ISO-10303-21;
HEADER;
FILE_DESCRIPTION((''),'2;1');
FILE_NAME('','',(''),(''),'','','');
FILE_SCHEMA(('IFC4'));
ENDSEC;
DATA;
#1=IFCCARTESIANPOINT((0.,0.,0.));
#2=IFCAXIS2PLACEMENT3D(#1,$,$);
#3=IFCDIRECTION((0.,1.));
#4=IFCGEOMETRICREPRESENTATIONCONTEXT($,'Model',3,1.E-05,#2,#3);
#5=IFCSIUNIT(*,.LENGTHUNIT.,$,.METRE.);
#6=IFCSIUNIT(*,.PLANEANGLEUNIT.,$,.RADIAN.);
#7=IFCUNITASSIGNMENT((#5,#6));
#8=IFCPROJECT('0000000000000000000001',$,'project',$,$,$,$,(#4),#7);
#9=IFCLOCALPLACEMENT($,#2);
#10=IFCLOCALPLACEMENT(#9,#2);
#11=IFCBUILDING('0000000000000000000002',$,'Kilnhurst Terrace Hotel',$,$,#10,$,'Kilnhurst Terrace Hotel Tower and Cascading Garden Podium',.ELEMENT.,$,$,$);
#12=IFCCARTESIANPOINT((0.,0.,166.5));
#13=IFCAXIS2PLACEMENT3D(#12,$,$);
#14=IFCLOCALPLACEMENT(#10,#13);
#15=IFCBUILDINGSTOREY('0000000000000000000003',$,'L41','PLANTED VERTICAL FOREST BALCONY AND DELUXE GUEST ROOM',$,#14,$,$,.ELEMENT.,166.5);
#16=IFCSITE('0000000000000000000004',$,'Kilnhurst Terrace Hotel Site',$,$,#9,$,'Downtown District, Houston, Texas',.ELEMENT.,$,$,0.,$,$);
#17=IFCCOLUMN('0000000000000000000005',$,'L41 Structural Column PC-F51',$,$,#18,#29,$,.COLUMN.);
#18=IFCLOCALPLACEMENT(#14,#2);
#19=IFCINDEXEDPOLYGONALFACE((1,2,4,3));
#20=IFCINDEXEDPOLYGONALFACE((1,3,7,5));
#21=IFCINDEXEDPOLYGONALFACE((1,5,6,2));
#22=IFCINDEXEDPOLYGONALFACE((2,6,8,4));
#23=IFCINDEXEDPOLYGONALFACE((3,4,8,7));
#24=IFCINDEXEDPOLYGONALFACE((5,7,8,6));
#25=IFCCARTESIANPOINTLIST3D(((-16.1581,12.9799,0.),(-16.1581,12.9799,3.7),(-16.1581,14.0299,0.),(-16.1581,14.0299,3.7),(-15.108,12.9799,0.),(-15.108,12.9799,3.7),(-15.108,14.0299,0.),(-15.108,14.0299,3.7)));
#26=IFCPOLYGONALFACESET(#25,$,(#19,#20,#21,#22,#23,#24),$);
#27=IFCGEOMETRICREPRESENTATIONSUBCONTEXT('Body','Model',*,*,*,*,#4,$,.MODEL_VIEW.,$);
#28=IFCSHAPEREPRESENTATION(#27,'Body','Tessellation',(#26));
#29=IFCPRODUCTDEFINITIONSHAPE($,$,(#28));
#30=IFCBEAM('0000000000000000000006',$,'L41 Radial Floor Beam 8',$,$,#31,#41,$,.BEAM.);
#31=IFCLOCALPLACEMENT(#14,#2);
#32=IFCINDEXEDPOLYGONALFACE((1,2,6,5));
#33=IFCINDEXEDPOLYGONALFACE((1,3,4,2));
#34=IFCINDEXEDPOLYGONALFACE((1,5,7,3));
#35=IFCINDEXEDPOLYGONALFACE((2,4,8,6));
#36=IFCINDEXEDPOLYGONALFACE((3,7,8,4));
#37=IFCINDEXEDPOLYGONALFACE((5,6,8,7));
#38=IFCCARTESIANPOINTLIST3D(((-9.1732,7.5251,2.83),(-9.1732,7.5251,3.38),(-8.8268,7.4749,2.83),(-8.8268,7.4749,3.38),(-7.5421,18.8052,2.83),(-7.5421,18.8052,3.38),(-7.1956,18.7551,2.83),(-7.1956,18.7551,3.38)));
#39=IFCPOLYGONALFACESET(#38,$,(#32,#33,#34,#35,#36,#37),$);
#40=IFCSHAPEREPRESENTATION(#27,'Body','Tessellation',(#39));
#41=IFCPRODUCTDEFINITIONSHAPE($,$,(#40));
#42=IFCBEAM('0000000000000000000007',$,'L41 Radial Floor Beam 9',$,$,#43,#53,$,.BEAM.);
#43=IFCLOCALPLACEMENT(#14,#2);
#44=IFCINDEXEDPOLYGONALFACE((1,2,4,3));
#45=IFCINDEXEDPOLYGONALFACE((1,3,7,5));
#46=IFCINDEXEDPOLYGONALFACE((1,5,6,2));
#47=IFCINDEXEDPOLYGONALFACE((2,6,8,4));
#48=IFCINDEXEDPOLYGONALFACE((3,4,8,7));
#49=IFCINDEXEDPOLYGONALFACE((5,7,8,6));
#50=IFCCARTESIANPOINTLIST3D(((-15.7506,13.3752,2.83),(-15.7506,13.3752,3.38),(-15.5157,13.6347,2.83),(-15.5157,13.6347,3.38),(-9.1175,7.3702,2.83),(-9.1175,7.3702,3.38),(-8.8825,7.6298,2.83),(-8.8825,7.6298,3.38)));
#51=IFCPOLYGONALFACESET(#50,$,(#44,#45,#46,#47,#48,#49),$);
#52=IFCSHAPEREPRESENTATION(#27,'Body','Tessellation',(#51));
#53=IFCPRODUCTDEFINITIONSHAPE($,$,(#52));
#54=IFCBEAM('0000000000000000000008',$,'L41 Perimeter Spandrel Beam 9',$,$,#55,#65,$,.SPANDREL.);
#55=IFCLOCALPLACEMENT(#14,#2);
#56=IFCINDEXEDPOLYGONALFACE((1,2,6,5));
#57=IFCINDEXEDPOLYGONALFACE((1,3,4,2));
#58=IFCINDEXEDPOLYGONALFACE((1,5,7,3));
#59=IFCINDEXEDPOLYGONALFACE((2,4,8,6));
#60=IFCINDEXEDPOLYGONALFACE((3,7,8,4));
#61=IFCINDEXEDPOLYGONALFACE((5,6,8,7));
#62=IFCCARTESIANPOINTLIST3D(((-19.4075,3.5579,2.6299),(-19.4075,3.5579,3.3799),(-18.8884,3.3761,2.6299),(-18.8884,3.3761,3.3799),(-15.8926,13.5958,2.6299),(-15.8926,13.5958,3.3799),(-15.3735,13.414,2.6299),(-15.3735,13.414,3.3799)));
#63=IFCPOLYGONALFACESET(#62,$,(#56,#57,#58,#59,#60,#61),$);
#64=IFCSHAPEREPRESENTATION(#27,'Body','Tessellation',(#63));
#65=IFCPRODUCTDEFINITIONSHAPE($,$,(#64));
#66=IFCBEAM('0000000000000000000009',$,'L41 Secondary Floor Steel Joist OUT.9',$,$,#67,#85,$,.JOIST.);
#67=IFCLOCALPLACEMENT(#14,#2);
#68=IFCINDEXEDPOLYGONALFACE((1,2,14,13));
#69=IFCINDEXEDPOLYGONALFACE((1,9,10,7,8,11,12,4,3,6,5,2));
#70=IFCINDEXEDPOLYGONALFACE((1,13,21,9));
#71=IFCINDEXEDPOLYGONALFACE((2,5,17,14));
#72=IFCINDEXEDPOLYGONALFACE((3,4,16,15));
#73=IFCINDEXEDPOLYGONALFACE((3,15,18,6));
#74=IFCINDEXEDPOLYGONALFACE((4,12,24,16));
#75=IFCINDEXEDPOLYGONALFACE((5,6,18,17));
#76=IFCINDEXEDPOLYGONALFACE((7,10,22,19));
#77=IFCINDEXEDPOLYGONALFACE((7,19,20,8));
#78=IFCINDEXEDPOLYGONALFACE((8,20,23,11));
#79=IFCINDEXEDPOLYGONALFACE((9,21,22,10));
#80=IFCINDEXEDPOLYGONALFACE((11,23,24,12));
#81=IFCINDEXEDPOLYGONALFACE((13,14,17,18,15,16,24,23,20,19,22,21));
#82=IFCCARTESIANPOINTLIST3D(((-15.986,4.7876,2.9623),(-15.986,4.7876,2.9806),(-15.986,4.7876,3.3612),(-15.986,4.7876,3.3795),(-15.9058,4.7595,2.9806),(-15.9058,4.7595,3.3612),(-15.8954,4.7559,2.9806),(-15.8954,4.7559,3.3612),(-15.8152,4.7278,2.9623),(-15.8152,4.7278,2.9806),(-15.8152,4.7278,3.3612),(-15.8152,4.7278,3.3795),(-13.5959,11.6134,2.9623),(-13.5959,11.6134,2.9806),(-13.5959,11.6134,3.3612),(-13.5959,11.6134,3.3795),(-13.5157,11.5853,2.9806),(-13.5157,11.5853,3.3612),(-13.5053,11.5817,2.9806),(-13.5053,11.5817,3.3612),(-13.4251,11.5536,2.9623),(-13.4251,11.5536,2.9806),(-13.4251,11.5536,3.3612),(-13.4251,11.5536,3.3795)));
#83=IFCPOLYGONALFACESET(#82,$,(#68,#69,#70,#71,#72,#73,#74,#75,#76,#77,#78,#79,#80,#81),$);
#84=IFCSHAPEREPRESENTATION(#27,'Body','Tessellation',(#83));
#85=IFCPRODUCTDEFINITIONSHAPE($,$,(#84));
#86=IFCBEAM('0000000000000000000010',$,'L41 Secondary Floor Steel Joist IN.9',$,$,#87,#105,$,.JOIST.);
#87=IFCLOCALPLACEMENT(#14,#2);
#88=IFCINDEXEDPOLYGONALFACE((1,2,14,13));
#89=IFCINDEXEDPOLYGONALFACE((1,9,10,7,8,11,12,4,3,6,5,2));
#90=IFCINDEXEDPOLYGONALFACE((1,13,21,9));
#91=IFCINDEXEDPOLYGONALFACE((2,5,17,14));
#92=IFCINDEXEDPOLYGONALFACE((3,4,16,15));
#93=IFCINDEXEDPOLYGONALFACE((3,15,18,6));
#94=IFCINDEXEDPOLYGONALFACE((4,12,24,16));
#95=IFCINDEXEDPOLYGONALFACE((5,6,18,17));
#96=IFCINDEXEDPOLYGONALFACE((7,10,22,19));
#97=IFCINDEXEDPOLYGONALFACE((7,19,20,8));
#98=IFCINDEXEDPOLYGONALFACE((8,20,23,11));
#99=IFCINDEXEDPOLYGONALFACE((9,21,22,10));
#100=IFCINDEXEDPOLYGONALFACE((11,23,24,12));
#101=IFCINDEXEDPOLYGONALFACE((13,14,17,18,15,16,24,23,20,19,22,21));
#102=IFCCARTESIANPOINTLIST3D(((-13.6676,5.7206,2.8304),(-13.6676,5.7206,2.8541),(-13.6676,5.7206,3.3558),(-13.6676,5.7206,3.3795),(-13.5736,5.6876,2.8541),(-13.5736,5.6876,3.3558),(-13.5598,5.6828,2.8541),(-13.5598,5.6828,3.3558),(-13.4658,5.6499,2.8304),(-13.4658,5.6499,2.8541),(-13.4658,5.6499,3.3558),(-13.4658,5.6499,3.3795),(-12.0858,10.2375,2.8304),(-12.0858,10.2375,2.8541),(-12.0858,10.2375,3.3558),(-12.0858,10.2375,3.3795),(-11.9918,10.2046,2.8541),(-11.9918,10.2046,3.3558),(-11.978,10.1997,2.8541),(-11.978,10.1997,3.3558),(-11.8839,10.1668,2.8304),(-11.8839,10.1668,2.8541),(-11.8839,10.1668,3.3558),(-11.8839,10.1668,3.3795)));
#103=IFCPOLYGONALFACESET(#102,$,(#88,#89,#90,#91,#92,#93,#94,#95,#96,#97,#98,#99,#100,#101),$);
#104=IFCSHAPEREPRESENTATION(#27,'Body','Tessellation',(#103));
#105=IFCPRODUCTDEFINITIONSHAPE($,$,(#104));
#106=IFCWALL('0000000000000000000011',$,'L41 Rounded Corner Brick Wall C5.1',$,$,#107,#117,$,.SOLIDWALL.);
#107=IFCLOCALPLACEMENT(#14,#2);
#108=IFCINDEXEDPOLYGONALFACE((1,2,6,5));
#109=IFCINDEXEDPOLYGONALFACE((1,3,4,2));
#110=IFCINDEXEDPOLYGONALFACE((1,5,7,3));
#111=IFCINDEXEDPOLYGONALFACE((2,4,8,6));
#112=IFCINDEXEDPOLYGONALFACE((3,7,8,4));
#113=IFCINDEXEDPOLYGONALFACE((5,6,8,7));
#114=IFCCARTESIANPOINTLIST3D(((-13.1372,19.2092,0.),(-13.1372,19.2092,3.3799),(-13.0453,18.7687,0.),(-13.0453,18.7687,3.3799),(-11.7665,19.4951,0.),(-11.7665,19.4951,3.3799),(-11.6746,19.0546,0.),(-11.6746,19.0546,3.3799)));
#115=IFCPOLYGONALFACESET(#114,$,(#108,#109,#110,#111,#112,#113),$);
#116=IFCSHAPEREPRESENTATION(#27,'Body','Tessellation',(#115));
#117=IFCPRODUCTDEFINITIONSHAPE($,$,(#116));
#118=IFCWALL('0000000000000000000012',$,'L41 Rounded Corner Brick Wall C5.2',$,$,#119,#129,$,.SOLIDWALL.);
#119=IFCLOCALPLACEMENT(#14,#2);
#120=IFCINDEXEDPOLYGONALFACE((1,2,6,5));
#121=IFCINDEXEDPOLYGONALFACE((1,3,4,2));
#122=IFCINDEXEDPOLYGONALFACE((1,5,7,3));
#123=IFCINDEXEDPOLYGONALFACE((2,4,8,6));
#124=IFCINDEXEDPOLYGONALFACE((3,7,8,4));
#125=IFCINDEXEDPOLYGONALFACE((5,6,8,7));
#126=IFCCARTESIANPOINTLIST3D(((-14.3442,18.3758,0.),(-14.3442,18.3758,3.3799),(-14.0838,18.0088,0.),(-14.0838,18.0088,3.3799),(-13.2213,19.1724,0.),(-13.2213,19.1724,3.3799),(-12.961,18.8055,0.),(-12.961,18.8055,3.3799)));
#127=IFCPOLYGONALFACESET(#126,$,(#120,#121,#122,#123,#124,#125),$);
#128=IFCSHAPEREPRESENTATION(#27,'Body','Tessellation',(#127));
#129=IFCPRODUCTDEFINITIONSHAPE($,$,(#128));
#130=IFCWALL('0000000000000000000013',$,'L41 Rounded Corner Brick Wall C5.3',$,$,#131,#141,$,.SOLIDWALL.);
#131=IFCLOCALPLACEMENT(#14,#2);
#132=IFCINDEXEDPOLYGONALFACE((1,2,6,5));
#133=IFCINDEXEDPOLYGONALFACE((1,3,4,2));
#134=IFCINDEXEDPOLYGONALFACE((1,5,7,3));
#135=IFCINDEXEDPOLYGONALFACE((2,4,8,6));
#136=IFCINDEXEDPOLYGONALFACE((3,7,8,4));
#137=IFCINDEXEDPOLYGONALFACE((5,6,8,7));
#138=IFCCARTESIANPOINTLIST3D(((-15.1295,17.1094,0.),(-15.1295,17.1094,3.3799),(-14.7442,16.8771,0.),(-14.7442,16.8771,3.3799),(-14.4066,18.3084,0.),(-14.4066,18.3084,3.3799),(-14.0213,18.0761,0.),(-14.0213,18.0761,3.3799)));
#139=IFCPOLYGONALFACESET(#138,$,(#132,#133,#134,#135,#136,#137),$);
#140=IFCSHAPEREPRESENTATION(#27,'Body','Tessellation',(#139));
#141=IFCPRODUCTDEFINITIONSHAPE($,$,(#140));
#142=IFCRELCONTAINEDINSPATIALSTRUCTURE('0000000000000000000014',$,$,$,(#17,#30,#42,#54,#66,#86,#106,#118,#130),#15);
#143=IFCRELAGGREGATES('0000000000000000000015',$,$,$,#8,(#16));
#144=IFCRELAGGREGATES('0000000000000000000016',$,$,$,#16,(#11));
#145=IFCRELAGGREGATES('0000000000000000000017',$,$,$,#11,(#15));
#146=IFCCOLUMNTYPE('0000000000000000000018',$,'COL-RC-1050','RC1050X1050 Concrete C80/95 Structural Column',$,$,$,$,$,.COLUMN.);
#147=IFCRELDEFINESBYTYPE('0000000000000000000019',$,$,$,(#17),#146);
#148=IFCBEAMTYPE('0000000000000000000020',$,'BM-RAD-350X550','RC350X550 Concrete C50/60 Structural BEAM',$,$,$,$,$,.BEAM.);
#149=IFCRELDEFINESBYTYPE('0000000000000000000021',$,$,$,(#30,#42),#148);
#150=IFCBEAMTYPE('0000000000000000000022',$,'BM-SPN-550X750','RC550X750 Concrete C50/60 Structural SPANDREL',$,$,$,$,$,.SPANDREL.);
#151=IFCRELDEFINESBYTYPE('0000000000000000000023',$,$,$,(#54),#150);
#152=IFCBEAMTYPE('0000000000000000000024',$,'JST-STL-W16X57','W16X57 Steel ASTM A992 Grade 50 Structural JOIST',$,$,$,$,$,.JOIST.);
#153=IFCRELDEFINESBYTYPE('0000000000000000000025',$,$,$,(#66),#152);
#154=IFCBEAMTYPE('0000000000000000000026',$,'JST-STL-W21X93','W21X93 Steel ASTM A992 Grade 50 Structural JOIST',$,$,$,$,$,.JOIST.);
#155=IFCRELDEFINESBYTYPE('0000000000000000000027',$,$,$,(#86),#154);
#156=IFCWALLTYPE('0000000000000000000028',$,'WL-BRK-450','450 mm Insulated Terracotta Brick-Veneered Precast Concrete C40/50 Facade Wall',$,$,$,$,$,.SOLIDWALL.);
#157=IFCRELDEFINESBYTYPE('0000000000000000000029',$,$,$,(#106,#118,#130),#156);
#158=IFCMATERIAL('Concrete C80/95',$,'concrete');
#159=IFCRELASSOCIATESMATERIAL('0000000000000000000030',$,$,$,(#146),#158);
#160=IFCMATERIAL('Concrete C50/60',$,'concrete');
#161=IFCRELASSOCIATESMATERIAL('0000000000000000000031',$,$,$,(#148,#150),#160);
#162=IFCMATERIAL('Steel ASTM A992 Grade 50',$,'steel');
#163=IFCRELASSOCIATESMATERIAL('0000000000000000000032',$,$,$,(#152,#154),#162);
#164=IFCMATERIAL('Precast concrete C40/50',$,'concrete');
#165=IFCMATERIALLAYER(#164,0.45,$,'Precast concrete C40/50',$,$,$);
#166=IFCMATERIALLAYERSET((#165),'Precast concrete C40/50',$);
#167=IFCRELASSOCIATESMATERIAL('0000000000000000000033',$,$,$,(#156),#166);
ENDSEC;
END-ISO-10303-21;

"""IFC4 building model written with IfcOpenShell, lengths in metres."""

from ifc_helpers import new_model, si_unit, direction, frame, frame_2d, origin, origin_2d, place, context, subcontext, project, spatial, rectangle, i_section, extrude, material, layer, layer_set, material_profile, profile_set, type_object, element, save


model = new_model("IFC4")

# Units and contexts
model_context = context("Model", 3, precision=1e-05, world=origin(), true_north=direction((0.0, 1.0)))
body_context = subcontext(model_context, "Body", "Model", "MODEL_VIEW")
ifc_project = project(units=[si_unit("LENGTHUNIT", "METRE"), si_unit("PLANEANGLEUNIT", "RADIAN")], contexts=[model_context])

# Site, building, storey
site_placement = place(None, origin())
site = spatial("IfcSite", under=ifc_project, at=site_placement, Name="Kilnhurst Terrace Hotel Site", LongName="Downtown District, Houston, Texas", CompositionType="ELEMENT", RefElevation=0.0)
building_placement = place(site_placement, origin())
building = spatial("IfcBuilding", under=site, at=building_placement, Name="Kilnhurst Terrace Hotel", LongName="Kilnhurst Terrace Hotel Tower and Cascading Garden Podium", CompositionType="ELEMENT")
storey_placement = place(building_placement, frame((0.0, 0.0, 166.5)))
storey = spatial("IfcBuildingStorey", under=building, at=storey_placement, Name="L41", Description="PLANTED VERTICAL FOREST BALCONY AND DELUXE GUEST ROOM", CompositionType="ELEMENT", Elevation=166.5)

# Column
ifc_material_1 = material(Name="Concrete C80/95", Category="concrete")
ifc_material_profile_1 = material_profile(ifc_material_1, rectangle(XDim=1.05, YDim=1.05, at=origin_2d()), Name="RC1050X1050")
ifc_profile_set_1 = profile_set([ifc_material_profile_1], Name="Concrete C80/95")
column_type = type_object("IfcColumnType", Name="COL-RC-1050", Description="RC1050X1050 Concrete C80/95 Structural Column", PredefinedType="COLUMN", material=ifc_profile_set_1)
column_placement = place(storey_placement, frame((-15.6331, 13.5049, 0.0), z_axis=(0.0, 0.0, 1.0), x_axis=(1.0, 0.0, 0.0)))
element("IfcColumn", 1, at=column_placement, inside=storey, type_object=column_type, Name="L41 Structural Column PC-F51", PredefinedType="COLUMN", context=body_context, shape_type="SweptSolid", body=[
    extrude(rectangle(XDim=1.05, YDim=1.05, at=origin_2d()), origin(), (0.0, 0.0, 1.0), 3.7),
])

# Beams
ifc_material_2 = material(Name="Concrete C50/60", Category="concrete")
ifc_material_profile_2 = material_profile(ifc_material_2, rectangle(XDim=0.3501, YDim=0.55, at=origin_2d()), Name="RC350X550")
ifc_profile_set_2 = profile_set([ifc_material_profile_2], Name="Concrete C50/60")
beam_type_1 = type_object("IfcBeamType", Name="BM-RAD-350X550", Description="RC350X550 Concrete C50/60 Structural BEAM", PredefinedType="BEAM", material=ifc_profile_set_2)
beam_1_placement = place(storey_placement, frame((-9.0, 7.5, 3.105), z_axis=(0.143113, 0.989706, 0.0), x_axis=(-0.989706, 0.143113, 0.0)))
element("IfcBeam", 2, at=beam_1_placement, inside=storey, type_object=beam_type_1, Name="L41 Radial Floor Beam 8", PredefinedType="BEAM", context=body_context, shape_type="SweptSolid", body=[
    extrude(rectangle(XDim=0.3501, YDim=0.55, at=origin_2d()), origin(), (0.0, 0.0, 1.0), 11.3975),
])
beam_2_placement = place(storey_placement, frame((-9.0, 7.5, 3.105), z_axis=(-0.741339, 0.671131, 0.0), x_axis=(-0.671131, -0.741339, 0.0)))
element("IfcBeam", 3, at=beam_2_placement, inside=storey, type_object=beam_type_1, Name="L41 Radial Floor Beam 9", PredefinedType="BEAM", context=body_context, shape_type="SweptSolid", body=[
    extrude(rectangle(XDim=0.3501, YDim=0.55, at=origin_2d()), origin(), (0.0, 0.0, 1.0), 8.9475),
])
ifc_material_profile_3 = material_profile(ifc_material_2, rectangle(XDim=0.55, YDim=0.75, at=origin_2d()), Name="RC550X750")
ifc_profile_set_3 = profile_set([ifc_material_profile_3], Name="Concrete C50/60")
beam_type_2 = type_object("IfcBeamType", Name="BM-SPN-550X750", Description="RC550X750 Concrete C50/60 Structural SPANDREL", PredefinedType="SPANDREL", material=ifc_profile_set_3)
beam_3_placement = place(storey_placement, frame((-15.6331, 13.5049, 3.0049), z_axis=(-0.330488, -0.94381, 0.0), x_axis=(0.94381, -0.330488, 0.0)))
element("IfcBeam", 4, at=beam_3_placement, inside=storey, type_object=beam_type_2, Name="L41 Perimeter Spandrel Beam 9", PredefinedType="SPANDREL", context=body_context, shape_type="SweptSolid", body=[
    extrude(rectangle(XDim=0.55, YDim=0.75, at=origin_2d()), origin(), (0.0, 0.0, 1.0), 10.6355),
])
ifc_material_3 = material(Name="Steel ASTM A992 Grade 50", Category="steel")
ifc_material_profile_4 = material_profile(ifc_material_3, i_section(OverallWidth=0.1809, OverallDepth=0.4172, WebThickness=0.011, FlangeThickness=0.0183, at=origin_2d()), Name="W16X57")
ifc_profile_set_4 = profile_set([ifc_material_profile_4], Name="Steel ASTM A992 Grade 50")
beam_type_3 = type_object("IfcBeamType", Name="JST-STL-W16X57", Description="W16X57 Steel ASTM A992 Grade 50 Structural JOIST", PredefinedType="JOIST", material=ifc_profile_set_4)
beam_4_placement = place(storey_placement, frame((-13.5105, 11.5835, 3.1709), z_axis=(-0.330481, -0.943813, 0.0), x_axis=(0.943813, -0.330481, 0.0)))
element("IfcBeam", 5, at=beam_4_placement, inside=storey, type_object=beam_type_3, Name="L41 Secondary Floor Steel Joist OUT.9", PredefinedType="JOIST", context=body_context, shape_type="SweptSolid", body=[
    extrude(i_section(OverallWidth=0.1809, OverallDepth=0.4172, WebThickness=0.011, FlangeThickness=0.0183, at=origin_2d()), origin(), (0.0, 0.0, 1.0), 7.2322),
])
ifc_material_profile_5 = material_profile(ifc_material_3, i_section(OverallWidth=0.2139, OverallDepth=0.5491, WebThickness=0.0146, FlangeThickness=0.0237, at=origin_2d()), Name="W21X93")
ifc_profile_set_5 = profile_set([ifc_material_profile_5], Name="Steel ASTM A992 Grade 50")
beam_type_4 = type_object("IfcBeamType", Name="JST-STL-W21X93", Description="W21X93 Steel ASTM A992 Grade 50 Structural JOIST", PredefinedType="JOIST", material=ifc_profile_set_5)
beam_5_placement = place(storey_placement, frame((-11.9849, 10.2021, 3.105), z_axis=(-0.330516, -0.9438, 0.0), x_axis=(0.9438, -0.330516, 0.0)))
element("IfcBeam", 6, at=beam_5_placement, inside=storey, type_object=beam_type_4, Name="L41 Secondary Floor Steel Joist IN.9", PredefinedType="JOIST", context=body_context, shape_type="SweptSolid", body=[
    extrude(i_section(OverallWidth=0.2139, OverallDepth=0.5491, WebThickness=0.0146, FlangeThickness=0.0237, at=origin_2d()), origin(), (0.0, 0.0, 1.0), 4.7859),
])

# Walls
ifc_material_4 = material(Name="Precast concrete C40/50", Category="concrete")
ifc_layer_1 = layer(ifc_material_4, 0.45, Name="Precast concrete C40/50")
ifc_layer_set_1 = layer_set([ifc_layer_1], Name="Precast concrete C40/50")
wall_type_1 = type_object("IfcWallType", Name="WL-BRK-450", Description="450 mm Insulated Terracotta Brick-Veneered Precast Concrete C40/50 Facade Wall", PredefinedType="SOLIDWALL", material=ifc_layer_set_1)
wall_1_placement = place(storey_placement, frame((-11.7205, 19.2749, 0.0), z_axis=(0.0, 0.0, 1.0), x_axis=(-0.978931, -0.204191, 0.0)))
element("IfcWall", 7, at=wall_1_placement, inside=storey, type_object=wall_type_1, Name="L41 Rounded Corner Brick Wall C5.1", PredefinedType="SOLIDWALL", context=body_context, shape_type="SweptSolid", body=[
    extrude(rectangle(XDim=1.4001, YDim=0.45, at=frame_2d((0.7002, 0.0))), origin(), (0.0, 0.0, 1.0), 3.3799),
])
wall_2_placement = place(storey_placement, frame((-13.0911, 18.989, 0.0), z_axis=(0.0, 0.0, 1.0), x_axis=(-0.815575, -0.578652, 0.0)))
element("IfcWall", 8, at=wall_2_placement, inside=storey, type_object=wall_type_1, Name="L41 Rounded Corner Brick Wall C5.2", PredefinedType="SOLIDWALL", context=body_context, shape_type="SweptSolid", body=[
    extrude(rectangle(XDim=1.3767, YDim=0.45, at=frame_2d((0.6885, 0.0))), origin(), (0.0, 0.0, 1.0), 3.3799),
])
wall_3_placement = place(storey_placement, frame((-14.2139, 18.1924, 0.0), z_axis=(0.0, 0.0, 1.0), x_axis=(-0.516341, -0.856383, 0.0)))
element("IfcWall", 9, at=wall_3_placement, inside=storey, type_object=wall_type_1, Name="L41 Rounded Corner Brick Wall C5.3", PredefinedType="SOLIDWALL", context=body_context, shape_type="SweptSolid", body=[
    extrude(rectangle(XDim=1.4001, YDim=0.45, at=frame_2d((0.7002, 0.0))), origin(), (0.0, 0.0, 1.0), 3.3799),
])

save(model, "model.ifc")
